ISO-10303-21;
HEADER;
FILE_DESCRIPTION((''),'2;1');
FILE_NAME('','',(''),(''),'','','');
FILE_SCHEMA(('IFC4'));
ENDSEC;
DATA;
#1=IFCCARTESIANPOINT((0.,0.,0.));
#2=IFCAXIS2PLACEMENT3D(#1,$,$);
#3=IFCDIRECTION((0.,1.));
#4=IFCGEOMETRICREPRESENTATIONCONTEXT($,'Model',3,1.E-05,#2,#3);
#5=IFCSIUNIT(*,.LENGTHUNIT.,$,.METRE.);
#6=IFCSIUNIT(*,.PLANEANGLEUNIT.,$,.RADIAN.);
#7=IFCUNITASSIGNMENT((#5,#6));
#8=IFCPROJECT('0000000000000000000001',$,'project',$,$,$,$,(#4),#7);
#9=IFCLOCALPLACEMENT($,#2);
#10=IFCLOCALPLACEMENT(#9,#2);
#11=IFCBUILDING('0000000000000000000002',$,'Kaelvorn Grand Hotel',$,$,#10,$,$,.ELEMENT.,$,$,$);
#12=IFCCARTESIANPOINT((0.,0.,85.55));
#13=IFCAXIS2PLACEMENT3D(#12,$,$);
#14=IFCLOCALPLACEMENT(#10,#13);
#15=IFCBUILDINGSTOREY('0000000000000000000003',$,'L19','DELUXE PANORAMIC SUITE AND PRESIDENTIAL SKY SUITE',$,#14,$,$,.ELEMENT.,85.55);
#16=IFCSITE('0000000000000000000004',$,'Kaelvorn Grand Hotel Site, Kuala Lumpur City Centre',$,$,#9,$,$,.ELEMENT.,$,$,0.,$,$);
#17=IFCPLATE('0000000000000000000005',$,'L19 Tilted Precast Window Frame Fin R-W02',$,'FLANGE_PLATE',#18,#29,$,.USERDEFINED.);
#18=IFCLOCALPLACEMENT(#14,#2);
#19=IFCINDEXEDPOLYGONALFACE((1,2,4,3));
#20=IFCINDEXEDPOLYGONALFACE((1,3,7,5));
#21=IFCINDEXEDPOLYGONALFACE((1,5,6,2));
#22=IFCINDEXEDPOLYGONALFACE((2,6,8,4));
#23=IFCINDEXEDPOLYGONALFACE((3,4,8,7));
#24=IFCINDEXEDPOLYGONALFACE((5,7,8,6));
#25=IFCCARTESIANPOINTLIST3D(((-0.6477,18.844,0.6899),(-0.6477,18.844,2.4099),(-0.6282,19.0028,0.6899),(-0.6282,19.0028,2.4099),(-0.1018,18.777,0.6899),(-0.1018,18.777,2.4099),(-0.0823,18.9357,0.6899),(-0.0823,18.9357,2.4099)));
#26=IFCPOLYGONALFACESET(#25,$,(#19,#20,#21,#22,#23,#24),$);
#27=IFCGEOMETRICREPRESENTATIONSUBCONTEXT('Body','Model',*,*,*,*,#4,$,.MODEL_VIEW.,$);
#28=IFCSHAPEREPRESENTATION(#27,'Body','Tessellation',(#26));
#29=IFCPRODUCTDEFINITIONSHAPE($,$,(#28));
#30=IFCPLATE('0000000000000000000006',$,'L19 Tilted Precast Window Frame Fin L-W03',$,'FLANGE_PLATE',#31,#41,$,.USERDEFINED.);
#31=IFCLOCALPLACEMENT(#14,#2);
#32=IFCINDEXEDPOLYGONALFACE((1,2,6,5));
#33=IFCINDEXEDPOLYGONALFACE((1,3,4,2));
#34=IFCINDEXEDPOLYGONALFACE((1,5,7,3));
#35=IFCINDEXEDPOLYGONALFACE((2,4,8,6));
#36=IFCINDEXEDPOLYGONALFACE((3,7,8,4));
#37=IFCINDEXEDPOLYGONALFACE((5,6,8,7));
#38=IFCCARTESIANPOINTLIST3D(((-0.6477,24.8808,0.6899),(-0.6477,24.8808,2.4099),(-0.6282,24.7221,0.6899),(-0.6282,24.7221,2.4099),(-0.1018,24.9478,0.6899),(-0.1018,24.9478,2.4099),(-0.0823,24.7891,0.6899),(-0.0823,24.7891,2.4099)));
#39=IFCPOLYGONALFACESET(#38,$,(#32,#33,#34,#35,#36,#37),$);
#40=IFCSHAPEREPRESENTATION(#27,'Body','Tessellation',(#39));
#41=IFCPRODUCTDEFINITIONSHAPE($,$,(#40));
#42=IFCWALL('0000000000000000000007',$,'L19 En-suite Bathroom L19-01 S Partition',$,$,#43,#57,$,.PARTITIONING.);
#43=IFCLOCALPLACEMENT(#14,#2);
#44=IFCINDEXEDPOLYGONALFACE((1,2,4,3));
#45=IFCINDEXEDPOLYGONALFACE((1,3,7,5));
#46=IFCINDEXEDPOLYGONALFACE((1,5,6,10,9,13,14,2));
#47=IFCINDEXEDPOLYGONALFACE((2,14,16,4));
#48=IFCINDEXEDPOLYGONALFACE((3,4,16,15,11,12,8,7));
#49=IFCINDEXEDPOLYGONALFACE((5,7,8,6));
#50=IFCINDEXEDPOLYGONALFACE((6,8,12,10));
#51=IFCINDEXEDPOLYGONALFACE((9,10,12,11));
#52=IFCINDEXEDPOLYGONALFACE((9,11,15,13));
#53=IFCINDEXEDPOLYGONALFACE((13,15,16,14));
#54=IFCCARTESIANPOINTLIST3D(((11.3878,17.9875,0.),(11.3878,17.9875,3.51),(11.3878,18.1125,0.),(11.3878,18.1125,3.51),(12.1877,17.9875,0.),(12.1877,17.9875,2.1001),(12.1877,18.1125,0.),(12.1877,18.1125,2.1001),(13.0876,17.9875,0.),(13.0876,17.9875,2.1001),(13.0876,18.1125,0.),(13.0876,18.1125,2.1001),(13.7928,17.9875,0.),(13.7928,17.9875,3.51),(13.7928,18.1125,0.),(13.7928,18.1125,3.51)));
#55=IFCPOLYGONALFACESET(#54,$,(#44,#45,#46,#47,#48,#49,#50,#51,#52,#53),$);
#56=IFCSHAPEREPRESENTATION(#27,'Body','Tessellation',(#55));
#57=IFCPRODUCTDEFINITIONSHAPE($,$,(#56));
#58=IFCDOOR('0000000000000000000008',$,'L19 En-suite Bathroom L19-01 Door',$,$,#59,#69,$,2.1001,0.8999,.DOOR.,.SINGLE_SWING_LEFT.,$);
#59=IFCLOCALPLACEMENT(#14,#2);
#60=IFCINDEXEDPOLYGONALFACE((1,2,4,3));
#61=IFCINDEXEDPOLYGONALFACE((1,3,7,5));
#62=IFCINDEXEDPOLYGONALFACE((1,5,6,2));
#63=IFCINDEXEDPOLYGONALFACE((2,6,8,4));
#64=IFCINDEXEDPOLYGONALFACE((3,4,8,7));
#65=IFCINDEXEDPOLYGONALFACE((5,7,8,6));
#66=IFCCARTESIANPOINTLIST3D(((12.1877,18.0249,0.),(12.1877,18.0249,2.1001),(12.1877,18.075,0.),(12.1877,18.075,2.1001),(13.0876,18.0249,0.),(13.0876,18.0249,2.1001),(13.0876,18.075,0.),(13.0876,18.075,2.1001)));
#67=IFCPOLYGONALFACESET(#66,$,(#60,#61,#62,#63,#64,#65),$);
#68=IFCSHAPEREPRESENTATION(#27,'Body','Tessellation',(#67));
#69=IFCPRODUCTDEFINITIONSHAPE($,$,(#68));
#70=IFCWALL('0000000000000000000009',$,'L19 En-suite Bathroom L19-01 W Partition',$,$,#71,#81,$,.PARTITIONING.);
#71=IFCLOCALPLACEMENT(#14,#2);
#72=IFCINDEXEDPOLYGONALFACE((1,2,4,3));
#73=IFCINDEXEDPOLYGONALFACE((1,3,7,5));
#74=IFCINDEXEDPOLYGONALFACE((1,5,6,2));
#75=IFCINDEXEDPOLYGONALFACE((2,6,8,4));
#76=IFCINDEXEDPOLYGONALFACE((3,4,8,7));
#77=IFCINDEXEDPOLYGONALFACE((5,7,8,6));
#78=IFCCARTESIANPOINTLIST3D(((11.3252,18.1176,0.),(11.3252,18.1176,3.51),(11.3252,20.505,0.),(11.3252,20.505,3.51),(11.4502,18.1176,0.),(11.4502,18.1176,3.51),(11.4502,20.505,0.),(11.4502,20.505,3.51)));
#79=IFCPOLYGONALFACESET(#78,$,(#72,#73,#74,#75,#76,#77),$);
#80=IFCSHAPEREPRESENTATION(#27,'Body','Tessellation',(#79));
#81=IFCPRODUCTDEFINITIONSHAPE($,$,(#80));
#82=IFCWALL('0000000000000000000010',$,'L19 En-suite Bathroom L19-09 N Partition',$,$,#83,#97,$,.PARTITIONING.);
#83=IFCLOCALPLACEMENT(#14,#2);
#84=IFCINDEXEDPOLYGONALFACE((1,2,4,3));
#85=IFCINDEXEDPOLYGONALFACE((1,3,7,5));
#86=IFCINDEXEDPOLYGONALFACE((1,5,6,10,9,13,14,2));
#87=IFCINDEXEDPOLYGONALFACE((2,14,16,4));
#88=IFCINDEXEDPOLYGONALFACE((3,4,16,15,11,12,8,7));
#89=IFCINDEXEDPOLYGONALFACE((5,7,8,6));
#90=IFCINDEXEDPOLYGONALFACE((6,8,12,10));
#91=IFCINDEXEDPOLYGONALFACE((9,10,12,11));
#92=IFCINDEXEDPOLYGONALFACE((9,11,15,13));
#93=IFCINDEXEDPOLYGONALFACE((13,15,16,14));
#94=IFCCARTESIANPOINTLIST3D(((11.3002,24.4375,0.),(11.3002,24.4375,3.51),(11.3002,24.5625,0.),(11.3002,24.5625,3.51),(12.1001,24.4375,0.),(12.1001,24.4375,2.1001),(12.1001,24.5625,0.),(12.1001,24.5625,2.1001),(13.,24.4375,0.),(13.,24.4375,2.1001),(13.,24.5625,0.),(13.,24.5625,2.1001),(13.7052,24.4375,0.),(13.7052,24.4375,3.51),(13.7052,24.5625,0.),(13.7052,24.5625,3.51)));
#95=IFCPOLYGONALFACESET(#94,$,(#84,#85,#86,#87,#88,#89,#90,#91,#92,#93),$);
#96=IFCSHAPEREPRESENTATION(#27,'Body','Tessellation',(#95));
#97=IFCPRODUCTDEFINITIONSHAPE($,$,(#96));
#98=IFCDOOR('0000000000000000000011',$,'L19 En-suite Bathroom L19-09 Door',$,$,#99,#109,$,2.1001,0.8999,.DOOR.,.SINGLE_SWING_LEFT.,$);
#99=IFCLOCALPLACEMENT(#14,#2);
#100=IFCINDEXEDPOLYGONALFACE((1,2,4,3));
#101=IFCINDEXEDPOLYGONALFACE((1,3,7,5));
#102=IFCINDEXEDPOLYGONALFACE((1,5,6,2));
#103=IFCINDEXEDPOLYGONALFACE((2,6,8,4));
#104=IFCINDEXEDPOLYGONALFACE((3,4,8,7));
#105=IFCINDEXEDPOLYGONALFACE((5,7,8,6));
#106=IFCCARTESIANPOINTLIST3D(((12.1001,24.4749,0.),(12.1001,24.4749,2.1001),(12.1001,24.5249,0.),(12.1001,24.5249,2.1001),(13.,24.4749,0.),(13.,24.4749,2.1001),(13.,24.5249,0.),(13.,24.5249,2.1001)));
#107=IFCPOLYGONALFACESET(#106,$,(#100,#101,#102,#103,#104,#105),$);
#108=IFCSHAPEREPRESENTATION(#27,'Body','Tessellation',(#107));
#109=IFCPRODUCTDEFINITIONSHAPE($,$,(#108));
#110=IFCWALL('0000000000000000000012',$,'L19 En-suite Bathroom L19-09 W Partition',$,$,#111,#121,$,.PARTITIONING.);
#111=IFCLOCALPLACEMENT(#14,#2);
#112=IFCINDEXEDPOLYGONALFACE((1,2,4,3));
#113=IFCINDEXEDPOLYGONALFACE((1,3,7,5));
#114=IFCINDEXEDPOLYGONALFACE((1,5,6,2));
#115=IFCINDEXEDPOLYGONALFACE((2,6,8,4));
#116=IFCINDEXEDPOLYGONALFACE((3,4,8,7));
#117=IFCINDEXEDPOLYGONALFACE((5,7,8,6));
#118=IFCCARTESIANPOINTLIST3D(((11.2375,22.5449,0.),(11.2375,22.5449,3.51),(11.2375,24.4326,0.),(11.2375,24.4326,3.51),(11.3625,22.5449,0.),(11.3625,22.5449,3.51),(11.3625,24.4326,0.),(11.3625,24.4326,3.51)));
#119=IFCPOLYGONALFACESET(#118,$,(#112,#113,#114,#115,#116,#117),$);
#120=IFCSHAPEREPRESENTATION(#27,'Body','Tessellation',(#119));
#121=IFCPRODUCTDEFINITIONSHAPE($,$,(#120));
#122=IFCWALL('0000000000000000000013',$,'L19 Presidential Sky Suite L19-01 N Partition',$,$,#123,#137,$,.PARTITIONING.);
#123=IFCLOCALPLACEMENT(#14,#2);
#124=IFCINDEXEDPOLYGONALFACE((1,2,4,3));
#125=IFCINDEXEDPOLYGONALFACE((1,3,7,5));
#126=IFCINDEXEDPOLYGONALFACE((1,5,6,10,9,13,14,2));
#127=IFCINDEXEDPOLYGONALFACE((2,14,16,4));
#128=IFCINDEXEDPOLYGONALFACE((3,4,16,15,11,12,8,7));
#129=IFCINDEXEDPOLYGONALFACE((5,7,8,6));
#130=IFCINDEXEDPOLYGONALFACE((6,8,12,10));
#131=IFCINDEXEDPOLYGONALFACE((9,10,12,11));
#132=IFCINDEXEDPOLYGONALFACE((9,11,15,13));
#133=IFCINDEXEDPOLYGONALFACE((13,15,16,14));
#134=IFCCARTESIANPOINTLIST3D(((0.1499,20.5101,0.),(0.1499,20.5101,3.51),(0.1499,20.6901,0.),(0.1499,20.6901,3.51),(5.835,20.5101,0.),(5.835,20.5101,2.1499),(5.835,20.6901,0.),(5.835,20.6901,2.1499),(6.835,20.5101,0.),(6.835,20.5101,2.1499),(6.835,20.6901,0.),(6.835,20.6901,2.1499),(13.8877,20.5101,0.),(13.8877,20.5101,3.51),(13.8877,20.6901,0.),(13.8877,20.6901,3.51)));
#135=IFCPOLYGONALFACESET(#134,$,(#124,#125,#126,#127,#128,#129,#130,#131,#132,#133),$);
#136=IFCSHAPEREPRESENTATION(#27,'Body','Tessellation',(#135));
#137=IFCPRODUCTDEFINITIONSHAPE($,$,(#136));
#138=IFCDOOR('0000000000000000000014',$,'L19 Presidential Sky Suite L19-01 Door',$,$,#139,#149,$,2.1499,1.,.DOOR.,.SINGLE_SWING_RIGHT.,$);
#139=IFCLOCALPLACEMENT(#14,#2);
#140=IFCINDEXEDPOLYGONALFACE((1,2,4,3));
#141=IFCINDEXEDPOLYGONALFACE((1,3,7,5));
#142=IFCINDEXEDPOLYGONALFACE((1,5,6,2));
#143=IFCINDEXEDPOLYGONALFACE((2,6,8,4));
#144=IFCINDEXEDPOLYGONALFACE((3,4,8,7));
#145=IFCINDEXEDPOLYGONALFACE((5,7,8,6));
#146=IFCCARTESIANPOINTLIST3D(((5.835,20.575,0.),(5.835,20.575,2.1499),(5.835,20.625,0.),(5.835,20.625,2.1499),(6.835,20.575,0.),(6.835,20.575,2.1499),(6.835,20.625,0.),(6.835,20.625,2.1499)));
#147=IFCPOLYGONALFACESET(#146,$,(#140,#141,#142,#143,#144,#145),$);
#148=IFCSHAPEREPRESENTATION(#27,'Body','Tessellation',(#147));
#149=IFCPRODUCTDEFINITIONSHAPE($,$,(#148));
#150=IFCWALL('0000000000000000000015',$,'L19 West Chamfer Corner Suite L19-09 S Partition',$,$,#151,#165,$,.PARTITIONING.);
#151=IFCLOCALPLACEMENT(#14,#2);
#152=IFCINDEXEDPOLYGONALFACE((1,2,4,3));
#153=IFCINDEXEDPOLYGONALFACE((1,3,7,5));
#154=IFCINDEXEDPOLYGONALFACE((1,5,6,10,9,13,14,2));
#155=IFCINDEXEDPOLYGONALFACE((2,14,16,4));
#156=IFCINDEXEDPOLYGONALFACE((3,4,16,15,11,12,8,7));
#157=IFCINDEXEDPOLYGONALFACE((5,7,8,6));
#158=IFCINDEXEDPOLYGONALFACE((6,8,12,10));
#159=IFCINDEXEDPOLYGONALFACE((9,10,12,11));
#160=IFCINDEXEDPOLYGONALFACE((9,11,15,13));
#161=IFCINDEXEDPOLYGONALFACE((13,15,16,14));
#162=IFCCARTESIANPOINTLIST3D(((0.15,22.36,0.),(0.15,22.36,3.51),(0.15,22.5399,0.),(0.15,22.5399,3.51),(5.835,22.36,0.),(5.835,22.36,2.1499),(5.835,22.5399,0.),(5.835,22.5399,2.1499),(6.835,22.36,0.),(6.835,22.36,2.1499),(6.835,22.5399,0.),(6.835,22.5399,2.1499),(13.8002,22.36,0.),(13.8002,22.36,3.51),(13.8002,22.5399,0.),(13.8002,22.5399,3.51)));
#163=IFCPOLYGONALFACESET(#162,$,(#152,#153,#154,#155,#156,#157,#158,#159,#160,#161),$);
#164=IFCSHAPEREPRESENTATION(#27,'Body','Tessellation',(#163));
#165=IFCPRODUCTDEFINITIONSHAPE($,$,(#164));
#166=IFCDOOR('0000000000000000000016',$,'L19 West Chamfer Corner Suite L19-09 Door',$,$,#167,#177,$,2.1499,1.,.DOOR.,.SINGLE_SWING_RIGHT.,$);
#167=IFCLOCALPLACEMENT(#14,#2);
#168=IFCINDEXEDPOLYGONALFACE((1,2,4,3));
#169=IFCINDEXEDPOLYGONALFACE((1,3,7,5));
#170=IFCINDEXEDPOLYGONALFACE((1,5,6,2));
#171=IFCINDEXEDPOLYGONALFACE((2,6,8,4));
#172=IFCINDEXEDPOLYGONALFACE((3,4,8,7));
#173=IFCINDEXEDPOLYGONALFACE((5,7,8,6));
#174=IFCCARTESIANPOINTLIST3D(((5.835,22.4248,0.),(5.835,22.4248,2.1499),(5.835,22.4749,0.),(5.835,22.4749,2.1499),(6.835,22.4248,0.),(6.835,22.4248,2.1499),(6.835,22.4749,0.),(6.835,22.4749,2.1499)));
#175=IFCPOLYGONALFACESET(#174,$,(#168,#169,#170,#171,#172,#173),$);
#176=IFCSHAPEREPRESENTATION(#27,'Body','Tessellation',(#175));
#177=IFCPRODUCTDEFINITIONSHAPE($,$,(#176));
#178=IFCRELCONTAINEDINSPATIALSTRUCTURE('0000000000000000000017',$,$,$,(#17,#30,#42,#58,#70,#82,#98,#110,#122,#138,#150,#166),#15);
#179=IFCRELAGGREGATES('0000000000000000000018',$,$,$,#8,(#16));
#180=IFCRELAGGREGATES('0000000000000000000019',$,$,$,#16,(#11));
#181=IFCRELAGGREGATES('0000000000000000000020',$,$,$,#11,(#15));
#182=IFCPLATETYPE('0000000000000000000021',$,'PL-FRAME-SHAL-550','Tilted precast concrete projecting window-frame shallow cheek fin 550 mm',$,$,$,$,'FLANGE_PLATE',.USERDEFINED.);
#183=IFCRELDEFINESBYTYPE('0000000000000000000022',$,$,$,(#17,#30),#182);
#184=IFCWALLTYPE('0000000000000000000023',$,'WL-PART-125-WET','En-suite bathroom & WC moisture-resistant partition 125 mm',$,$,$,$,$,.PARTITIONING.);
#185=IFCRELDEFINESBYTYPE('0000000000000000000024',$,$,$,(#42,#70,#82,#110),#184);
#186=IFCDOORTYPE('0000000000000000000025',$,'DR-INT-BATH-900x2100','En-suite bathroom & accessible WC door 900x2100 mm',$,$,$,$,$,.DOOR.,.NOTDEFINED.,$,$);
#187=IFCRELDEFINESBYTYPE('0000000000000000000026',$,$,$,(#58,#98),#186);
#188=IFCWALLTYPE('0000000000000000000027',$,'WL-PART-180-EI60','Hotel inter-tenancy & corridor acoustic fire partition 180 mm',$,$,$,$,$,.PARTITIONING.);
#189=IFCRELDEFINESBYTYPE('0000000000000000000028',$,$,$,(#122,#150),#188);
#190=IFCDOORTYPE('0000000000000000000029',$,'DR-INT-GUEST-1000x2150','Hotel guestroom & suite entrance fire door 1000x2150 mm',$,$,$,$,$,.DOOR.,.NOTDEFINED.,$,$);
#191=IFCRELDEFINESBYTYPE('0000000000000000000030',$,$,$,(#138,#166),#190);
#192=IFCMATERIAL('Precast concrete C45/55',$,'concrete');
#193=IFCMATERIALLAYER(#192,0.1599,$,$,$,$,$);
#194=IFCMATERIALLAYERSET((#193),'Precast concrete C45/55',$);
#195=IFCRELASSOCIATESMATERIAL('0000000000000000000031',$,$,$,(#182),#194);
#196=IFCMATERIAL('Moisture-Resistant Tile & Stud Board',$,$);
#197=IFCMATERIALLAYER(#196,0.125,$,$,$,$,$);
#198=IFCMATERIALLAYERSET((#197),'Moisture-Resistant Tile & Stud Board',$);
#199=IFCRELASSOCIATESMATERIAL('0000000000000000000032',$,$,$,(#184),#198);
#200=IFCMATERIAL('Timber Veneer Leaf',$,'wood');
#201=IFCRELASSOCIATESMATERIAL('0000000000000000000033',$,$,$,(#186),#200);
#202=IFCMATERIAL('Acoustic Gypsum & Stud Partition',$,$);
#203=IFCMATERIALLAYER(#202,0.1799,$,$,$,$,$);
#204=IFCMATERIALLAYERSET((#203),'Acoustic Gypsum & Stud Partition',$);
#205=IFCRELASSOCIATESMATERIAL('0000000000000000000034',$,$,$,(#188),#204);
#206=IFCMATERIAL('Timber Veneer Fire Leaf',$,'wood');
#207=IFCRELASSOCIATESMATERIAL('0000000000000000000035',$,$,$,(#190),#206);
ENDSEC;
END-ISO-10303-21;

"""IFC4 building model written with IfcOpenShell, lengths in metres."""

from ifc_helpers import new_model, si_unit, direction, frame, frame_2d, origin, origin_2d, place, context, subcontext, project, spatial, rectangle, extrude, material, layer, layer_set, type_object, element, fill, save


model = new_model("IFC4")

# Units and contexts
model_context = context("Model", 3, precision=1e-05, world=origin(), true_north=direction((0.0, 1.0)))
body_context = subcontext(model_context, "Body", "Model", "MODEL_VIEW")
ifc_project = project(units=[si_unit("LENGTHUNIT", "METRE"), si_unit("PLANEANGLEUNIT", "RADIAN")], contexts=[model_context])

# Site, building, storey
site_placement = place(None, origin())
site = spatial("IfcSite", under=ifc_project, at=site_placement, Name="Kaelvorn Grand Hotel Site, Kuala Lumpur City Centre", CompositionType="ELEMENT", RefElevation=0.0)
building_placement = place(site_placement, origin())
building = spatial("IfcBuilding", under=site, at=building_placement, Name="Kaelvorn Grand Hotel", CompositionType="ELEMENT")
storey_placement = place(building_placement, frame((0.0, 0.0, 85.55)))
storey = spatial("IfcBuildingStorey", under=building, at=storey_placement, Name="L19", Description="DELUXE PANORAMIC SUITE AND PRESIDENTIAL SKY SUITE", CompositionType="ELEMENT", Elevation=85.55)

# Plates
ifc_material_1 = material(Name="Precast concrete C45/55", Category="concrete")
ifc_layer_1 = layer(ifc_material_1, 0.1599)
ifc_layer_set_1 = layer_set([ifc_layer_1], Name="Precast concrete C45/55")
plate_type_1 = type_object("IfcPlateType", Name="PL-FRAME-SHAL-550", Description="Tilted precast concrete projecting window-frame shallow cheek fin 550 mm", ElementType="FLANGE_PLATE", PredefinedType="USERDEFINED", material=ifc_layer_set_1)
for number, where, z_axis, x_axis, name in (
    (1, (-0.365, 18.8899, 0.6899), (0.0, 0.0, 1.0), (0.121869, 0.992546, 0.0), "L19 Tilted Precast Window Frame Fin R-W02"),
    (2, (-0.365, 24.835, 0.6899), (0.0, 0.0, 1.0), (-0.121869, 0.992546, 0.0), "L19 Tilted Precast Window Frame Fin L-W03"),
):
    element("IfcPlate", number, at=place(storey_placement, frame(where, z_axis=z_axis, x_axis=x_axis)), inside=storey, type_object=plate_type_1, Name=name, ObjectType="FLANGE_PLATE", PredefinedType="USERDEFINED", context=body_context, shape_type="SweptSolid", body=[
        extrude(rectangle(XDim=0.1599, YDim=0.55, at=origin_2d()), origin(), (0.0, 0.0, 1.0), 1.72),
    ])

# Wall, opening, door
ifc_material_2 = material(Name="Moisture-Resistant Tile & Stud Board")
ifc_layer_2 = layer(ifc_material_2, 0.125)
ifc_layer_set_2 = layer_set([ifc_layer_2], Name="Moisture-Resistant Tile & Stud Board")
wall_type_1 = type_object("IfcWallType", Name="WL-PART-125-WET", Description="En-suite bathroom & WC moisture-resistant partition 125 mm", PredefinedType="PARTITIONING", material=ifc_layer_set_2)
wall_1_placement = place(storey_placement, frame((11.3877, 18.05, 0.0), z_axis=(0.0, 0.0, 1.0), x_axis=(1.0, 0.0, 0.0)))
wall_1 = element("IfcWall", 3, at=wall_1_placement, inside=storey, type_object=wall_type_1, Name="L19 En-suite Bathroom L19-01 S Partition", PredefinedType="PARTITIONING", context=body_context, shape_type="SweptSolid", body=[
    extrude(rectangle(XDim=2.405, YDim=0.125, at=frame_2d((1.2026, 0.0))), origin(), (0.0, 0.0, 1.0), 3.51),
])
opening_1_placement = place(wall_1_placement, frame((0.8, 0.0, 0.0)))
opening_1 = element("IfcOpeningElement", 4, at=opening_1_placement, cuts=wall_1, PredefinedType="OPENING", context=body_context, shape_type="SweptSolid", body=[
    extrude(rectangle(XDim=0.8999, YDim=2.1001, at=frame_2d((0.45, 1.05))), frame((0.0, 0.0725, 0.0), z_axis=(0.0, -1.0, 0.0), x_axis=(1.0, 0.0, 0.0)), (0.0, 0.0, 1.0), 0.145),
])
ifc_material_3 = material(Name="Timber Veneer Leaf", Category="wood")
door_type_1 = type_object("IfcDoorType", Name="DR-INT-BATH-900x2100", Description="En-suite bathroom & accessible WC door 900x2100 mm", OperationType="NOTDEFINED", PredefinedType="DOOR", material=ifc_material_3)
door_1_placement = place(opening_1_placement, origin())
door_1 = element("IfcDoor", 5, at=door_1_placement, inside=storey, type_object=door_type_1, Name="L19 En-suite Bathroom L19-01 Door", OperationType="SINGLE_SWING_LEFT", OverallHeight=2.1001, OverallWidth=0.8999, PredefinedType="DOOR", context=body_context, shape_type="SweptSolid", body=[
    extrude(rectangle(XDim=0.8999, YDim=2.1001, at=frame_2d((0.45, 1.05))), frame((0.0, 0.0249, 0.0), z_axis=(0.0, -1.0, 0.0), x_axis=(1.0, 0.0, 0.0)), (0.0, 0.0, 1.0), 0.05),
])
fill(opening_1, door_1)

# Wall
wall_2_placement = place(storey_placement, frame((11.3877, 18.1174, 0.0), z_axis=(0.0, 0.0, 1.0), x_axis=(0.0, 1.0, 0.0)))
element("IfcWall", 6, at=wall_2_placement, inside=storey, type_object=wall_type_1, Name="L19 En-suite Bathroom L19-01 W Partition", PredefinedType="PARTITIONING", context=body_context, shape_type="SweptSolid", body=[
    extrude(rectangle(XDim=2.3875, YDim=0.125, at=frame_2d((1.1938, 0.0))), origin(), (0.0, 0.0, 1.0), 3.51),
])

# Wall, opening, door
wall_3_placement = place(storey_placement, frame((11.3, 24.5, 0.0), z_axis=(0.0, 0.0, 1.0), x_axis=(1.0, 0.0, 0.0)))
wall_3 = element("IfcWall", 7, at=wall_3_placement, inside=storey, type_object=wall_type_1, Name="L19 En-suite Bathroom L19-09 N Partition", PredefinedType="PARTITIONING", context=body_context, shape_type="SweptSolid", body=[
    extrude(rectangle(XDim=2.405, YDim=0.125, at=frame_2d((1.2026, 0.0))), origin(), (0.0, 0.0, 1.0), 3.51),
])
opening_2_placement = place(wall_3_placement, frame((0.8, 0.0, 0.0)))
opening_2 = element("IfcOpeningElement", 8, at=opening_2_placement, cuts=wall_3, PredefinedType="OPENING", context=body_context, shape_type="SweptSolid", body=[
    extrude(rectangle(XDim=0.8999, YDim=2.1001, at=frame_2d((0.45, 1.05))), frame((0.0, 0.0725, 0.0), z_axis=(0.0, -1.0, 0.0), x_axis=(1.0, 0.0, 0.0)), (0.0, 0.0, 1.0), 0.145),
])
door_2_placement = place(opening_2_placement, origin())
door_2 = element("IfcDoor", 9, at=door_2_placement, inside=storey, type_object=door_type_1, Name="L19 En-suite Bathroom L19-09 Door", OperationType="SINGLE_SWING_LEFT", OverallHeight=2.1001, OverallWidth=0.8999, PredefinedType="DOOR", context=body_context, shape_type="SweptSolid", body=[
    extrude(rectangle(XDim=0.8999, YDim=2.1001, at=frame_2d((0.45, 1.05))), frame((0.0, 0.0249, 0.0), z_axis=(0.0, -1.0, 0.0), x_axis=(1.0, 0.0, 0.0)), (0.0, 0.0, 1.0), 0.05),
])
fill(opening_2, door_2)

# Wall
wall_4_placement = place(storey_placement, frame((11.3, 22.5449, 0.0), z_axis=(0.0, 0.0, 1.0), x_axis=(0.0, 1.0, 0.0)))
element("IfcWall", 10, at=wall_4_placement, inside=storey, type_object=wall_type_1, Name="L19 En-suite Bathroom L19-09 W Partition", PredefinedType="PARTITIONING", context=body_context, shape_type="SweptSolid", body=[
    extrude(rectangle(XDim=1.8877, YDim=0.125, at=frame_2d((0.9438, 0.0))), origin(), (0.0, 0.0, 1.0), 3.51),
])

# Walls, openings, doors
ifc_material_4 = material(Name="Acoustic Gypsum & Stud Partition")
ifc_layer_3 = layer(ifc_material_4, 0.1799)
ifc_layer_set_3 = layer_set([ifc_layer_3], Name="Acoustic Gypsum & Stud Partition")
wall_type_2 = type_object("IfcWallType", Name="WL-PART-180-EI60", Description="Hotel inter-tenancy & corridor acoustic fire partition 180 mm", PredefinedType="PARTITIONING", material=ifc_layer_set_3)
wall_5_placement = place(storey_placement, frame((0.1499, 20.6001, 0.0), z_axis=(0.0, 0.0, 1.0), x_axis=(1.0, 0.0, 0.0)))
wall_5 = element("IfcWall", 11, at=wall_5_placement, inside=storey, type_object=wall_type_2, Name="L19 Presidential Sky Suite L19-01 N Partition", PredefinedType="PARTITIONING", context=body_context, shape_type="SweptSolid", body=[
    extrude(rectangle(XDim=13.7378, YDim=0.1799, at=frame_2d((6.8689, 0.0))), origin(), (0.0, 0.0, 1.0), 3.51),
])
opening_3_placement = place(wall_5_placement, frame((5.6851, 0.0, 0.0)))
opening_3 = element("IfcOpeningElement", 12, at=opening_3_placement, cuts=wall_5, PredefinedType="OPENING", context=body_context, shape_type="SweptSolid", body=[
    extrude(rectangle(XDim=1.0, YDim=2.1499, at=frame_2d((0.5, 1.075))), frame((0.0, 0.1001, 0.0), z_axis=(0.0, -1.0, 0.0), x_axis=(1.0, 0.0, 0.0)), (0.0, 0.0, 1.0), 0.2),
])
ifc_material_5 = material(Name="Timber Veneer Fire Leaf", Category="wood")
door_type_2 = type_object("IfcDoorType", Name="DR-INT-GUEST-1000x2150", Description="Hotel guestroom & suite entrance fire door 1000x2150 mm", OperationType="NOTDEFINED", PredefinedType="DOOR", material=ifc_material_5)
door_3_placement = place(opening_3_placement, origin())
door_3 = element("IfcDoor", 13, at=door_3_placement, inside=storey, type_object=door_type_2, Name="L19 Presidential Sky Suite L19-01 Door", OperationType="SINGLE_SWING_RIGHT", OverallHeight=2.1499, OverallWidth=1.0, PredefinedType="DOOR", context=body_context, shape_type="SweptSolid", body=[
    extrude(rectangle(XDim=1.0, YDim=2.1499, at=frame_2d((0.5, 1.075))), frame((0.0, 0.0249, 0.0), z_axis=(0.0, -1.0, 0.0), x_axis=(1.0, 0.0, 0.0)), (0.0, 0.0, 1.0), 0.05),
])
fill(opening_3, door_3)
wall_6_placement = place(storey_placement, frame((0.1499, 22.45, 0.0), z_axis=(0.0, 0.0, 1.0), x_axis=(1.0, 0.0, 0.0)))
wall_6 = element("IfcWall", 14, at=wall_6_placement, inside=storey, type_object=wall_type_2, Name="L19 West Chamfer Corner Suite L19-09 S Partition", PredefinedType="PARTITIONING", context=body_context, shape_type="SweptSolid", body=[
    extrude(rectangle(XDim=13.6501, YDim=0.1799, at=frame_2d((6.8252, 0.0))), origin(), (0.0, 0.0, 1.0), 3.51),
])
opening_4_placement = place(wall_6_placement, frame((5.6851, 0.0, 0.0)))
opening_4 = element("IfcOpeningElement", 15, at=opening_4_placement, cuts=wall_6, PredefinedType="OPENING", context=body_context, shape_type="SweptSolid", body=[
    extrude(rectangle(XDim=1.0, YDim=2.1499, at=frame_2d((0.5, 1.075))), frame((0.0, 0.1001, 0.0), z_axis=(0.0, -1.0, 0.0), x_axis=(1.0, 0.0, 0.0)), (0.0, 0.0, 1.0), 0.2),
])
door_4_placement = place(opening_4_placement, origin())
door_4 = element("IfcDoor", 16, at=door_4_placement, inside=storey, type_object=door_type_2, Name="L19 West Chamfer Corner Suite L19-09 Door", OperationType="SINGLE_SWING_RIGHT", OverallHeight=2.1499, OverallWidth=1.0, PredefinedType="DOOR", context=body_context, shape_type="SweptSolid", body=[
    extrude(rectangle(XDim=1.0, YDim=2.1499, at=frame_2d((0.5, 1.075))), frame((0.0, 0.0249, 0.0), z_axis=(0.0, -1.0, 0.0), x_axis=(1.0, 0.0, 0.0)), (0.0, 0.0, 1.0), 0.05),
])
fill(opening_4, door_4)

save(model, "model.ifc")
